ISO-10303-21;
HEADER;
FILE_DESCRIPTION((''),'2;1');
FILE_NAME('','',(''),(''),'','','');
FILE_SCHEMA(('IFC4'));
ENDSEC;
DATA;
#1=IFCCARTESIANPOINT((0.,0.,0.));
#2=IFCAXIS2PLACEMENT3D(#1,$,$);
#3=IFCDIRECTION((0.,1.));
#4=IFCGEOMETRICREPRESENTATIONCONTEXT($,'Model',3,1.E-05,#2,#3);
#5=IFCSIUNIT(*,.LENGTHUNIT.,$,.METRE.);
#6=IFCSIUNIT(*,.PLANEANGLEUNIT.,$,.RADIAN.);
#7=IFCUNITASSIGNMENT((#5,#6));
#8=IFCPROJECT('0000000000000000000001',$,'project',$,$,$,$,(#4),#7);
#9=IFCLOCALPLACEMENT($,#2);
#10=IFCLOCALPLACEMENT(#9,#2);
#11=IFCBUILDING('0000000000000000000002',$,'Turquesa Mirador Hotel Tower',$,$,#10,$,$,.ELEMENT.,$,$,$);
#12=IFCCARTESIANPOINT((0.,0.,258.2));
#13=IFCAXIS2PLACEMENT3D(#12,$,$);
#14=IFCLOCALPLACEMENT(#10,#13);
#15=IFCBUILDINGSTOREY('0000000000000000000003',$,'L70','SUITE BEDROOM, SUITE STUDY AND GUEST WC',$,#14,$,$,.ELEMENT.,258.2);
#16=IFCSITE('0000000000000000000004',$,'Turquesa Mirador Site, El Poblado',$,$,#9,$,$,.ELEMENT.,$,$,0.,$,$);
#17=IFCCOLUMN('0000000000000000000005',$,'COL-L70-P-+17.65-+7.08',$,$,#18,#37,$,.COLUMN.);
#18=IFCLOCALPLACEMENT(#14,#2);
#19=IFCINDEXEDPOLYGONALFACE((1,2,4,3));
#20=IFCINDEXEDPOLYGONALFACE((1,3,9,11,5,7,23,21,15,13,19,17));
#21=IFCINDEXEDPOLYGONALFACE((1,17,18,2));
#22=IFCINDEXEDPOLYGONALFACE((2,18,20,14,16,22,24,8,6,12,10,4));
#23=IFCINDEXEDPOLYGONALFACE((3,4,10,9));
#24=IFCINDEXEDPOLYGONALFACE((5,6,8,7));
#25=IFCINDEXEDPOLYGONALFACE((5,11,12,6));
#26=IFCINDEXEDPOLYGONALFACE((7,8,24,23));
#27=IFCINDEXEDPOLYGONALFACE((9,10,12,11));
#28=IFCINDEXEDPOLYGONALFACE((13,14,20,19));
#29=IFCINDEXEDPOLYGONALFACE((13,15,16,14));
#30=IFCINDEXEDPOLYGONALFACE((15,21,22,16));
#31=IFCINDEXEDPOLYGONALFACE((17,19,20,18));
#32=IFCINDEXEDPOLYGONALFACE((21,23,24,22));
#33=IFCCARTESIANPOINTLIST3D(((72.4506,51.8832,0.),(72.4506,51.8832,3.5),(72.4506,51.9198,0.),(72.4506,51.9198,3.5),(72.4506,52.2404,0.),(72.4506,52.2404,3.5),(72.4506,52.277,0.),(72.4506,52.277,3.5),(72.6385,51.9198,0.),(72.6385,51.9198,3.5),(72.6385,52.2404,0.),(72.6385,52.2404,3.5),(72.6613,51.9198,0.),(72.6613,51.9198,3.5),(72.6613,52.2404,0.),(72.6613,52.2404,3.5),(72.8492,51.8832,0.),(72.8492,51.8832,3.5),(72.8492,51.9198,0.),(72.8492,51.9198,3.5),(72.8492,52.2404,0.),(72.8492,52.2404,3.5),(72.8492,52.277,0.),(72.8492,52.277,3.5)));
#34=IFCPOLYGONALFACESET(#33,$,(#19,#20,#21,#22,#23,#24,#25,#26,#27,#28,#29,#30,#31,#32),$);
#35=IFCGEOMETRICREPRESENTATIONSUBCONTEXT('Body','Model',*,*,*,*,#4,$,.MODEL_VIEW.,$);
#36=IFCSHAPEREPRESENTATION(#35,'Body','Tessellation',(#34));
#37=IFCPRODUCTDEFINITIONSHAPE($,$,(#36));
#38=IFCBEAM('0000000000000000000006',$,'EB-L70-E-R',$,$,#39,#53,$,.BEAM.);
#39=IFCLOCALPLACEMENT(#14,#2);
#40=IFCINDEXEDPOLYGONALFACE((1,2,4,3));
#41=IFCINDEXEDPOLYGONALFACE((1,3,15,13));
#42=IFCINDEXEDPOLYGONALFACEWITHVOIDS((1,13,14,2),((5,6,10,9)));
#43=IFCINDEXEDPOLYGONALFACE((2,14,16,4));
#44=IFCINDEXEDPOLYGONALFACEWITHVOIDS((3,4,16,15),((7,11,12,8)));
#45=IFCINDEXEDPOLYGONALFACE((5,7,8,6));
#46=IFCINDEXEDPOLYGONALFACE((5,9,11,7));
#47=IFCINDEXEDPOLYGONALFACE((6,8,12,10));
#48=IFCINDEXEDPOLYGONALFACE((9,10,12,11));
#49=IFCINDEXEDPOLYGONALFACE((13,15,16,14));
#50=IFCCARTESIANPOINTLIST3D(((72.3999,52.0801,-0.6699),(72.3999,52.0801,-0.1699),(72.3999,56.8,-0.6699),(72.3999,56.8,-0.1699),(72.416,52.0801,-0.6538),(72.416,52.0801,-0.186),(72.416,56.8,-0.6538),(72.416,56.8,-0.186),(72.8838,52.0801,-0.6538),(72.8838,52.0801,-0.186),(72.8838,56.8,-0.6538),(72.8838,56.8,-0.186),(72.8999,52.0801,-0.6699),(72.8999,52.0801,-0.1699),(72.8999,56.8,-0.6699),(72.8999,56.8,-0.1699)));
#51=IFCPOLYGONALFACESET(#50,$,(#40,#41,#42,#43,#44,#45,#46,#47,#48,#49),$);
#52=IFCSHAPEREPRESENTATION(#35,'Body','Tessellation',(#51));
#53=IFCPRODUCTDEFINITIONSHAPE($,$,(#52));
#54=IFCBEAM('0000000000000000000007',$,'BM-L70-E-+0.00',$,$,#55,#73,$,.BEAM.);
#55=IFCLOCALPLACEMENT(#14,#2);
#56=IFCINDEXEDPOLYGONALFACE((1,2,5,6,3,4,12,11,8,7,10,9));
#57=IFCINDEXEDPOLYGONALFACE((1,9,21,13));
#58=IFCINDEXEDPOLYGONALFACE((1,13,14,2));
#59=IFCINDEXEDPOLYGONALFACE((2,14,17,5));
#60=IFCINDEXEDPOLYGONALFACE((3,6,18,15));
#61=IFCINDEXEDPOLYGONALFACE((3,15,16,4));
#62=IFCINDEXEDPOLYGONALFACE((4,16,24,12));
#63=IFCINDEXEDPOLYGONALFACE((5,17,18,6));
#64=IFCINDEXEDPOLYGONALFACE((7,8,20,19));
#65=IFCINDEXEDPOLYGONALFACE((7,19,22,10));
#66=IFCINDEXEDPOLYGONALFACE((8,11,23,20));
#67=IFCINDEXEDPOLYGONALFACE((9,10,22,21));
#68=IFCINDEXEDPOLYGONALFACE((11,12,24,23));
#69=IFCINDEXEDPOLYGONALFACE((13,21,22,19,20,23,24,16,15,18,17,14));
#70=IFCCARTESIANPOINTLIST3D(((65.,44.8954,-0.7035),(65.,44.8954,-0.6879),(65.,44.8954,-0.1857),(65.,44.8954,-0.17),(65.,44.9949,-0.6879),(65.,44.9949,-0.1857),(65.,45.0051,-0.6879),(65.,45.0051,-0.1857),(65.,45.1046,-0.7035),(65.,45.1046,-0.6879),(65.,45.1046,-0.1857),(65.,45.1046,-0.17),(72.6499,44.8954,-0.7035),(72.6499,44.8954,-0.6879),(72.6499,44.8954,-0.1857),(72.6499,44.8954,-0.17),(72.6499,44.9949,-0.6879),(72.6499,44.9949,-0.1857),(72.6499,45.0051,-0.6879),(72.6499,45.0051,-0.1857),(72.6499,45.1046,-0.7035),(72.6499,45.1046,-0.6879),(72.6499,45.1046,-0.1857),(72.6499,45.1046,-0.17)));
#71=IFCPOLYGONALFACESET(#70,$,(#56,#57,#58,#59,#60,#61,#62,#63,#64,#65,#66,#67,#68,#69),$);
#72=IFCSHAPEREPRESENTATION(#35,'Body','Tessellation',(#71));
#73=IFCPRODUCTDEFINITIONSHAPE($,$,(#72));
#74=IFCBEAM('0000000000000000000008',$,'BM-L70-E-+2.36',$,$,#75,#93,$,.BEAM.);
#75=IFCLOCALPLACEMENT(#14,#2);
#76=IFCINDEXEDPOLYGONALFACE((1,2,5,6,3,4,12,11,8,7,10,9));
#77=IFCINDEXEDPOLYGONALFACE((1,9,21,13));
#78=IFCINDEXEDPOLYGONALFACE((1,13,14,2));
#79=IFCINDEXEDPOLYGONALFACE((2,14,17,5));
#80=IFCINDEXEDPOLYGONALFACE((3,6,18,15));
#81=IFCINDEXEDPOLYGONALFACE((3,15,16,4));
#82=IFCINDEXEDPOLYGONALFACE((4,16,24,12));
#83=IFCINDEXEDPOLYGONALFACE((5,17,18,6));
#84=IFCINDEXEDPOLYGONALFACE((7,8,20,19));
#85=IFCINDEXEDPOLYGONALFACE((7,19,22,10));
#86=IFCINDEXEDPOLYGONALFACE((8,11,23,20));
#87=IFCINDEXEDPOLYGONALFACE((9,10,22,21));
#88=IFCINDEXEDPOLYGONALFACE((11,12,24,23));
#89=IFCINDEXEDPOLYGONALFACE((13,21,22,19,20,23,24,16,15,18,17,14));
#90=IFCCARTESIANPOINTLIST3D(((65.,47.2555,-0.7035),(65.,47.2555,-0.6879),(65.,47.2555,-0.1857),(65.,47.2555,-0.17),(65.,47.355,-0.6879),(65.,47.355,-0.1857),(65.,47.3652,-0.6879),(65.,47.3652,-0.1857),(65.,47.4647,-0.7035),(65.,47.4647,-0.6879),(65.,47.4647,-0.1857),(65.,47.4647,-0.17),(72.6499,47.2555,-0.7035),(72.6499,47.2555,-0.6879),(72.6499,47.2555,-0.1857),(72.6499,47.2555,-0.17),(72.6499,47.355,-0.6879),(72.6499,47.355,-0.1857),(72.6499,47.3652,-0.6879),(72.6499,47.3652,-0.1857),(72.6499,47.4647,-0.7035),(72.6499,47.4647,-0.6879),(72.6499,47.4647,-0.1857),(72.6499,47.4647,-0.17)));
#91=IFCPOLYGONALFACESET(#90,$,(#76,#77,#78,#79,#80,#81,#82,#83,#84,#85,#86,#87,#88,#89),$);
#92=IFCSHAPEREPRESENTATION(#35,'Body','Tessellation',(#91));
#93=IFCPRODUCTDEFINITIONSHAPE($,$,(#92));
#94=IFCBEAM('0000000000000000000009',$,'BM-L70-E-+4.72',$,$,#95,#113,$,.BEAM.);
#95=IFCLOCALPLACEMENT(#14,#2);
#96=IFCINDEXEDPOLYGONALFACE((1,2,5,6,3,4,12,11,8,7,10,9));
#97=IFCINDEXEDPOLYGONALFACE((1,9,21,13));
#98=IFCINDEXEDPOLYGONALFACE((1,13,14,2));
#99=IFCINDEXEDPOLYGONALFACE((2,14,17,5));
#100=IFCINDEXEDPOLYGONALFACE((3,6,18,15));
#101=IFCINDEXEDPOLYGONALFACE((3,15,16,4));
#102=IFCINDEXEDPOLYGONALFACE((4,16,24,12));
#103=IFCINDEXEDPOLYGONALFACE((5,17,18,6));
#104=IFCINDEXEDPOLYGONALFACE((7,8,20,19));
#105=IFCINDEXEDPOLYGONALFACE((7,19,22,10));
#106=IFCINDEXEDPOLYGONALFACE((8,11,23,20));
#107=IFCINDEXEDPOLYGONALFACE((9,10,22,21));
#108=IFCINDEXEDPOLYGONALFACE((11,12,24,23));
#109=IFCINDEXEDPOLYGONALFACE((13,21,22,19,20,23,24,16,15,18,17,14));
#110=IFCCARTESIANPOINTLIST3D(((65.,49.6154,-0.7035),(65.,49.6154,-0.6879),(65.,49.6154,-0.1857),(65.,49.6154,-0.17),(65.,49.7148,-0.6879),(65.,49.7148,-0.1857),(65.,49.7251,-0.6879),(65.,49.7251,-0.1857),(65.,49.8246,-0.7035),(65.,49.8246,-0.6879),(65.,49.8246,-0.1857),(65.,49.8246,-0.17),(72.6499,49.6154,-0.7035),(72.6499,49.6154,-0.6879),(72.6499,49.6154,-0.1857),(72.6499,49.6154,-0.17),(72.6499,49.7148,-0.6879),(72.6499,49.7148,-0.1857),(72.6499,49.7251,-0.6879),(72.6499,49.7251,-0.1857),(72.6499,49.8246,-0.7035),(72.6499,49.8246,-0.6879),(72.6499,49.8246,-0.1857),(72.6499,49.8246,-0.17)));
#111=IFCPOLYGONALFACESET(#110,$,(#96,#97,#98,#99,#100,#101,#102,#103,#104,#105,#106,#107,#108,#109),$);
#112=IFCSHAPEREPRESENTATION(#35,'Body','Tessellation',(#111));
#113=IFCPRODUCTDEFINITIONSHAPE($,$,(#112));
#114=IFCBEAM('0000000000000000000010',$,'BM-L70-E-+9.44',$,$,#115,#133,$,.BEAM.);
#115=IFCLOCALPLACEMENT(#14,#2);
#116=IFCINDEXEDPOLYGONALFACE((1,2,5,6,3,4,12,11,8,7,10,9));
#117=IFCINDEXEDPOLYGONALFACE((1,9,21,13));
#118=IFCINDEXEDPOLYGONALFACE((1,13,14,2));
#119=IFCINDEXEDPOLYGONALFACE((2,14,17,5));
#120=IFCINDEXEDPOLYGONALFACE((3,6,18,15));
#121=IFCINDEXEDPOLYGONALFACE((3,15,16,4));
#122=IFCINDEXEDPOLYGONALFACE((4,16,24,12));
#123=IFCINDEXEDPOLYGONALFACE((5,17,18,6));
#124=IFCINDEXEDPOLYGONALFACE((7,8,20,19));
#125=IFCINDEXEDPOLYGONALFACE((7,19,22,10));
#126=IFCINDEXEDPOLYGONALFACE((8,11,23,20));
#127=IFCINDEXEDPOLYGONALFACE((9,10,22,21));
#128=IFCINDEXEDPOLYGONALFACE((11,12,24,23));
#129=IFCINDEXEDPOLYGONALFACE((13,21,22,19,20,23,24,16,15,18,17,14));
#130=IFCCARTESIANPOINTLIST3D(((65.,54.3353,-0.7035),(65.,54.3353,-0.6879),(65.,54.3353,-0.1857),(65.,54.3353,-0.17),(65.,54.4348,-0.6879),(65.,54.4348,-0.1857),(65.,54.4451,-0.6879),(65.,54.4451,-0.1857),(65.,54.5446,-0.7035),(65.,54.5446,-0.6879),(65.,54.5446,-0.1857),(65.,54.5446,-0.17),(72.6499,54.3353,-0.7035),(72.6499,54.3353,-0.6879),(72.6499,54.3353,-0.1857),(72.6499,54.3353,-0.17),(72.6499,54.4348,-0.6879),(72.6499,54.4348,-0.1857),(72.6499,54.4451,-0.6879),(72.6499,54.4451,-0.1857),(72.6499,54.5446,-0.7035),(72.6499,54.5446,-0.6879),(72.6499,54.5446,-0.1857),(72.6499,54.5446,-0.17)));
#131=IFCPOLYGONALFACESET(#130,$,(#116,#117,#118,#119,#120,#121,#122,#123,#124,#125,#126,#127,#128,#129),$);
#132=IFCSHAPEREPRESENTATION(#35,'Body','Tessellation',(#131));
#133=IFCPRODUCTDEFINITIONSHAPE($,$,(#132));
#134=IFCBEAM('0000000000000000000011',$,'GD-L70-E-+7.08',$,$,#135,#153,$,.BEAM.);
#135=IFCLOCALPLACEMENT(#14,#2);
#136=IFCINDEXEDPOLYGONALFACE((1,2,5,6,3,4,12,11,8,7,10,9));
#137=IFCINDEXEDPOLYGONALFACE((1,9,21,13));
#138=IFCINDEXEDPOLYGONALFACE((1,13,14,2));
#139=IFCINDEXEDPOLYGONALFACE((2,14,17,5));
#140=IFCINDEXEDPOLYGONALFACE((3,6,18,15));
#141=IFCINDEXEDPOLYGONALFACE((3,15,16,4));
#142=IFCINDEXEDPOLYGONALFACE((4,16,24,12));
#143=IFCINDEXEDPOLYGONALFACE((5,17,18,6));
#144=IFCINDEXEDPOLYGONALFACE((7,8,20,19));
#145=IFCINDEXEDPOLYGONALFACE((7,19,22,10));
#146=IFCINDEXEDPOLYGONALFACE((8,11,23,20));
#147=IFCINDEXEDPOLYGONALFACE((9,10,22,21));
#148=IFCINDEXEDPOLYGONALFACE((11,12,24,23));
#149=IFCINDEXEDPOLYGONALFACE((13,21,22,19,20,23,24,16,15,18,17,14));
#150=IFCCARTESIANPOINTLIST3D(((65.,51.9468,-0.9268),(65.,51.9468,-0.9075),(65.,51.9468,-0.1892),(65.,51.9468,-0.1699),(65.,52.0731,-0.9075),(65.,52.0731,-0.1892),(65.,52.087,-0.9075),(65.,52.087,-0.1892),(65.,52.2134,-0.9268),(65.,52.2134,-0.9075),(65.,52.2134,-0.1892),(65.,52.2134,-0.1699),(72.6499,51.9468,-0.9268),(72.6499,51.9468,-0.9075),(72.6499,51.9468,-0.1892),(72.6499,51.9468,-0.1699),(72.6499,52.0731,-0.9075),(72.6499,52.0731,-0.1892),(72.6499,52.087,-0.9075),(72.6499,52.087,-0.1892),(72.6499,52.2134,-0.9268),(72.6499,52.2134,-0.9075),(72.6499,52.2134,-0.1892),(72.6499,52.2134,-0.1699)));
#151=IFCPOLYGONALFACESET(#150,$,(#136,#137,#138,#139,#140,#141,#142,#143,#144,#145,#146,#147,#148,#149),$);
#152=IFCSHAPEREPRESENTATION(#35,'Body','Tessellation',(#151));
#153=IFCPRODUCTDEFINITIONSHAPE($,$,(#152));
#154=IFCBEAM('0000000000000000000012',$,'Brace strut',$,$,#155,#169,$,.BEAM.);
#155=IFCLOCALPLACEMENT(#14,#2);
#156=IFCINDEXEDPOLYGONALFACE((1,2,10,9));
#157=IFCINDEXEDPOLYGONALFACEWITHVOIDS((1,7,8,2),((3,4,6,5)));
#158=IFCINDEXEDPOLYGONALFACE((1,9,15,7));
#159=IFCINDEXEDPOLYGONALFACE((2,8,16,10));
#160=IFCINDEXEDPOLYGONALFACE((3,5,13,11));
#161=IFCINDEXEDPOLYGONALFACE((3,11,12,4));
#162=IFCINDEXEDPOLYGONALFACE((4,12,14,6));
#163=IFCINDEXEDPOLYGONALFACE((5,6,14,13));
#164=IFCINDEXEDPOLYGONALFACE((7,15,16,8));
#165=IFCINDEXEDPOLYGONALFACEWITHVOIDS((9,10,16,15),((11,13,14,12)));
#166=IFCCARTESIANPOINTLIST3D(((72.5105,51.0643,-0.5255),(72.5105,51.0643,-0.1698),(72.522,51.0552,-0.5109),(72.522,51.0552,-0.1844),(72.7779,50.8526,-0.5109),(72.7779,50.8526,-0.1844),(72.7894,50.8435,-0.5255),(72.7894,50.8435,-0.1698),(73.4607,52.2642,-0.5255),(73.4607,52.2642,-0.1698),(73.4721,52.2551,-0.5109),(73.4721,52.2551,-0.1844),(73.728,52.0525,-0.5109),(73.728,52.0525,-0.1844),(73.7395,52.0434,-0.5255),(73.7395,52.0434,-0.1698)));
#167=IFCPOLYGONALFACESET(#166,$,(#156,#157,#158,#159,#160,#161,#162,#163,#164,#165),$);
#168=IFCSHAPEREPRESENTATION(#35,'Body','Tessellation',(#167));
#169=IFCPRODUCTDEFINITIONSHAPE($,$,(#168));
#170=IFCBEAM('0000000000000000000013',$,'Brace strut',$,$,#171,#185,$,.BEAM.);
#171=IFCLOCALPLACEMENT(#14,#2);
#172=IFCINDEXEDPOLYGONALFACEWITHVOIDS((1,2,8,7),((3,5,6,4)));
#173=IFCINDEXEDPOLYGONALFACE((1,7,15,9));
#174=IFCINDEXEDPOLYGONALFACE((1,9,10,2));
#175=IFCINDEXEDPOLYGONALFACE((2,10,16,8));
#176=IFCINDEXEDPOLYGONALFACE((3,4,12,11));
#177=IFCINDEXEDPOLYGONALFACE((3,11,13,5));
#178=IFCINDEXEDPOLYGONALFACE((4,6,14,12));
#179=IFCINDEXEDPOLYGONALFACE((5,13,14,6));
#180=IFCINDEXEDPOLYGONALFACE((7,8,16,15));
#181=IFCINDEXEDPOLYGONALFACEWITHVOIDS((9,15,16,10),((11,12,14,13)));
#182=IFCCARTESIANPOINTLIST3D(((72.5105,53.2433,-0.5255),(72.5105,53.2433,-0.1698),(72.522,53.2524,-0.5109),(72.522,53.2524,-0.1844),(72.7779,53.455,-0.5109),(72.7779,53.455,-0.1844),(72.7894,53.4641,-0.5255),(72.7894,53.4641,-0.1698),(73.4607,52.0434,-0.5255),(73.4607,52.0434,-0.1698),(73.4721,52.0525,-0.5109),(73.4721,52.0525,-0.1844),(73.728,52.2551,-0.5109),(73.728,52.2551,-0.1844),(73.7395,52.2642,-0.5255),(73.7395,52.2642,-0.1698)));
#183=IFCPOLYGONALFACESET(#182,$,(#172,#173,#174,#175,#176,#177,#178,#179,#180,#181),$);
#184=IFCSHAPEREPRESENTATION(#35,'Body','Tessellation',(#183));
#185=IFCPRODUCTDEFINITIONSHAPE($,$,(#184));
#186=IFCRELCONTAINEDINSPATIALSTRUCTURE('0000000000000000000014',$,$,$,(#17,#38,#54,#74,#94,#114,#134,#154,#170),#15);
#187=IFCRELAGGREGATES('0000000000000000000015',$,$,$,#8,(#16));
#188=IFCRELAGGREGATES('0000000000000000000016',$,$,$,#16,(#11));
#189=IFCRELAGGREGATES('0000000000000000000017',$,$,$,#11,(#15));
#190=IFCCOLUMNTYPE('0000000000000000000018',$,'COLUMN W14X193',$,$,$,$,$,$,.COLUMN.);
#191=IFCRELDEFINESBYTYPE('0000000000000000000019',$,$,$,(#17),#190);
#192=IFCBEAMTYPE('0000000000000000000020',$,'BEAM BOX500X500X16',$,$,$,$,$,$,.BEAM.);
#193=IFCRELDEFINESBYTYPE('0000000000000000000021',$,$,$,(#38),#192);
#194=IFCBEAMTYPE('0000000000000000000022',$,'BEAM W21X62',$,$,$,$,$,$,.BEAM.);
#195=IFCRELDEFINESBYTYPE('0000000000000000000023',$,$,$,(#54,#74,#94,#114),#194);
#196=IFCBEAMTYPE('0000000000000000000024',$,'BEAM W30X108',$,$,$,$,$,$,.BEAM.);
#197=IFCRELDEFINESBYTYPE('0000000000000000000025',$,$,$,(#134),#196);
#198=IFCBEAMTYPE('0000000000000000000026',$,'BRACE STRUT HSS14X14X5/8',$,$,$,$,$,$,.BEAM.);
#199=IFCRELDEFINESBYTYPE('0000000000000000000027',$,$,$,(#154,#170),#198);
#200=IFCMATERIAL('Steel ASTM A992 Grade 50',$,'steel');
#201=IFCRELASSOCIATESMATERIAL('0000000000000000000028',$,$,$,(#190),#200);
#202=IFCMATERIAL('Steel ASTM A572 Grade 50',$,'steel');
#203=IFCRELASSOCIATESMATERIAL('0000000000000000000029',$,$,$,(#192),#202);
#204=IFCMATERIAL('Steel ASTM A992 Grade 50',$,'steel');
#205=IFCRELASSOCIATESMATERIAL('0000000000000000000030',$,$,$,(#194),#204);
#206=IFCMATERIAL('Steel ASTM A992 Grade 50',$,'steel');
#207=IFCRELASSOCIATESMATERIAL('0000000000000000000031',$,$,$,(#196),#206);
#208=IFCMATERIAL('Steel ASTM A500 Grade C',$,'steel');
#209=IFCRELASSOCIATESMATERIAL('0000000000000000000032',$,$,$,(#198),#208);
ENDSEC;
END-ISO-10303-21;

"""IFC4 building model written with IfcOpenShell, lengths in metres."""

from ifc_helpers import new_model, si_unit, direction, frame, origin, origin_2d, place, context, subcontext, project, spatial, hollow_rectangle, i_section, extrude, material, material_profile, profile_set, type_object, element, save


model = new_model("IFC4")

# Units and contexts
model_context = context("Model", 3, precision=1e-05, world=origin(), true_north=direction((0.0, 1.0)))
body_context = subcontext(model_context, "Body", "Model", "MODEL_VIEW")
ifc_project = project(units=[si_unit("LENGTHUNIT", "METRE"), si_unit("PLANEANGLEUNIT", "RADIAN")], contexts=[model_context])

# Site, building, storey
site_placement = place(None, origin())
site = spatial("IfcSite", under=ifc_project, at=site_placement, Name="Turquesa Mirador Site, El Poblado", CompositionType="ELEMENT", RefElevation=0.0)
building_placement = place(site_placement, origin())
building = spatial("IfcBuilding", under=site, at=building_placement, Name="Turquesa Mirador Hotel Tower", CompositionType="ELEMENT")
storey_placement = place(building_placement, frame((0.0, 0.0, 258.2)))
storey = spatial("IfcBuildingStorey", under=building, at=storey_placement, Name="L70", Description="SUITE BEDROOM, SUITE STUDY AND GUEST WC", CompositionType="ELEMENT", Elevation=258.2)

# Column
ifc_material_1 = material(Name="Steel ASTM A992 Grade 50", Category="steel")
ifc_material_profile_1 = material_profile(ifc_material_1, i_section(OverallWidth=0.3987, OverallDepth=0.3938, WebThickness=0.0227, FlangeThickness=0.0366, at=origin_2d()), Name="W14X193")
ifc_profile_set_1 = profile_set([ifc_material_profile_1], Name="Steel ASTM A992 Grade 50")
column_type = type_object("IfcColumnType", Name="COLUMN W14X193", PredefinedType="COLUMN", material=ifc_profile_set_1)
column_placement = place(storey_placement, frame((72.6499, 52.0801, 0.0), z_axis=(0.0, 0.0, 1.0), x_axis=(1.0, 0.0, 0.0)))
element("IfcColumn", 1, at=column_placement, inside=storey, type_object=column_type, Name="COL-L70-P-+17.65-+7.08", PredefinedType="COLUMN", context=body_context, shape_type="SweptSolid", body=[
    extrude(i_section(OverallWidth=0.3987, OverallDepth=0.3938, WebThickness=0.0227, FlangeThickness=0.0366, at=origin_2d()), origin(), (0.0, 0.0, 1.0), 3.5),
])

# Beams
ifc_material_2 = material(Name="Steel ASTM A572 Grade 50", Category="steel")
ifc_material_profile_2 = material_profile(ifc_material_2, hollow_rectangle(XDim=0.5, YDim=0.5, WallThickness=0.0161, at=origin_2d()), Name="BOX500X500X16")
ifc_profile_set_2 = profile_set([ifc_material_profile_2], Name="Steel ASTM A572 Grade 50")
beam_type_1 = type_object("IfcBeamType", Name="BEAM BOX500X500X16", PredefinedType="BEAM", material=ifc_profile_set_2)
beam_1_placement = place(storey_placement, frame((72.6499, 52.0801, -0.4199), z_axis=(0.0, 1.0, 0.0), x_axis=(-1.0, 0.0, 0.0)))
element("IfcBeam", 2, at=beam_1_placement, inside=storey, type_object=beam_type_1, Name="EB-L70-E-R", PredefinedType="BEAM", context=body_context, shape_type="SweptSolid", body=[
    extrude(hollow_rectangle(XDim=0.5, YDim=0.5, WallThickness=0.0161, at=origin_2d()), origin(), (0.0, 0.0, 1.0), 4.72),
])
ifc_material_3 = material(Name="Steel ASTM A992 Grade 50", Category="steel")
ifc_material_profile_3 = material_profile(ifc_material_3, i_section(OverallWidth=0.2092, OverallDepth=0.5334, WebThickness=0.0103, FlangeThickness=0.0156, at=origin_2d()), Name="W21X62")
ifc_profile_set_3 = profile_set([ifc_material_profile_3], Name="Steel ASTM A992 Grade 50")
beam_type_2 = type_object("IfcBeamType", Name="BEAM W21X62", PredefinedType="BEAM", material=ifc_profile_set_3)
for number, where, z_axis, x_axis, name in (
    (3, (72.6499, 45.0, -0.4368), (-1.0, 0.0, 0.0), (0.0, -1.0, 0.0), "BM-L70-E-+0.00"),
    (4, (72.6499, 47.3601, -0.4368), (-1.0, 0.0, 0.0), (0.0, -1.0, 0.0), "BM-L70-E-+2.36"),
    (5, (72.6499, 49.72, -0.4368), (-1.0, 0.0, 0.0), (0.0, -1.0, 0.0), "BM-L70-E-+4.72"),
    (6, (72.6499, 54.4399, -0.4368), (-1.0, 0.0, 0.0), (0.0, -1.0, 0.0), "BM-L70-E-+9.44"),
):
    element("IfcBeam", number, at=place(storey_placement, frame(where, z_axis=z_axis, x_axis=x_axis)), inside=storey, type_object=beam_type_2, Name=name, PredefinedType="BEAM", context=body_context, shape_type="SweptSolid", body=[
        extrude(i_section(OverallWidth=0.2092, OverallDepth=0.5334, WebThickness=0.0103, FlangeThickness=0.0156, at=origin_2d()), origin(), (0.0, 0.0, 1.0), 7.6499),
    ])
ifc_material_4 = material(Name="Steel ASTM A992 Grade 50", Category="steel")
ifc_material_profile_4 = material_profile(ifc_material_4, i_section(OverallWidth=0.2666, OverallDepth=0.7568, WebThickness=0.0139, FlangeThickness=0.0193, at=origin_2d()), Name="W30X108")
ifc_profile_set_4 = profile_set([ifc_material_profile_4], Name="Steel ASTM A992 Grade 50")
beam_type_3 = type_object("IfcBeamType", Name="BEAM W30X108", PredefinedType="BEAM", material=ifc_profile_set_4)
beam_2_placement = place(storey_placement, frame((72.6499, 52.0801, -0.5483), z_axis=(-1.0, 0.0, 0.0), x_axis=(0.0, -1.0, 0.0)))
element("IfcBeam", 7, at=beam_2_placement, inside=storey, type_object=beam_type_3, Name="GD-L70-E-+7.08", PredefinedType="BEAM", context=body_context, shape_type="SweptSolid", body=[
    extrude(i_section(OverallWidth=0.2666, OverallDepth=0.7568, WebThickness=0.0139, FlangeThickness=0.0193, at=origin_2d()), origin(), (0.0, 0.0, 1.0), 7.6499),
])
ifc_material_5 = material(Name="Steel ASTM A500 Grade C", Category="steel")
ifc_material_profile_5 = material_profile(ifc_material_5, hollow_rectangle(XDim=0.3557, YDim=0.3557, WallThickness=0.0146, at=origin_2d()), Name="HSS14X14X5/8")
ifc_profile_set_5 = profile_set([ifc_material_profile_5], Name="Steel ASTM A500 Grade C")
beam_type_4 = type_object("IfcBeamType", Name="BRACE STRUT HSS14X14X5/8", PredefinedType="BEAM", material=ifc_profile_set_5)
for number, where, z_axis, x_axis, name in (
    (8, (73.6001, 52.1538, -0.3477), (-0.620797, -0.783971, 0.0), (0.783971, -0.620797, 0.0), "Brace strut"),
    (9, (73.6001, 52.1538, -0.3477), (-0.620797, 0.783971, 0.0), (-0.783971, -0.620797, 0.0), "Brace strut"),
):
    element("IfcBeam", number, at=place(storey_placement, frame(where, z_axis=z_axis, x_axis=x_axis)), inside=storey, type_object=beam_type_4, Name=name, PredefinedType="BEAM", context=body_context, shape_type="SweptSolid", body=[
        extrude(hollow_rectangle(XDim=0.3557, YDim=0.3557, WallThickness=0.0146, at=origin_2d()), origin(), (0.0, 0.0, 1.0), 1.5305),
    ])

save(model, "model.ifc")
